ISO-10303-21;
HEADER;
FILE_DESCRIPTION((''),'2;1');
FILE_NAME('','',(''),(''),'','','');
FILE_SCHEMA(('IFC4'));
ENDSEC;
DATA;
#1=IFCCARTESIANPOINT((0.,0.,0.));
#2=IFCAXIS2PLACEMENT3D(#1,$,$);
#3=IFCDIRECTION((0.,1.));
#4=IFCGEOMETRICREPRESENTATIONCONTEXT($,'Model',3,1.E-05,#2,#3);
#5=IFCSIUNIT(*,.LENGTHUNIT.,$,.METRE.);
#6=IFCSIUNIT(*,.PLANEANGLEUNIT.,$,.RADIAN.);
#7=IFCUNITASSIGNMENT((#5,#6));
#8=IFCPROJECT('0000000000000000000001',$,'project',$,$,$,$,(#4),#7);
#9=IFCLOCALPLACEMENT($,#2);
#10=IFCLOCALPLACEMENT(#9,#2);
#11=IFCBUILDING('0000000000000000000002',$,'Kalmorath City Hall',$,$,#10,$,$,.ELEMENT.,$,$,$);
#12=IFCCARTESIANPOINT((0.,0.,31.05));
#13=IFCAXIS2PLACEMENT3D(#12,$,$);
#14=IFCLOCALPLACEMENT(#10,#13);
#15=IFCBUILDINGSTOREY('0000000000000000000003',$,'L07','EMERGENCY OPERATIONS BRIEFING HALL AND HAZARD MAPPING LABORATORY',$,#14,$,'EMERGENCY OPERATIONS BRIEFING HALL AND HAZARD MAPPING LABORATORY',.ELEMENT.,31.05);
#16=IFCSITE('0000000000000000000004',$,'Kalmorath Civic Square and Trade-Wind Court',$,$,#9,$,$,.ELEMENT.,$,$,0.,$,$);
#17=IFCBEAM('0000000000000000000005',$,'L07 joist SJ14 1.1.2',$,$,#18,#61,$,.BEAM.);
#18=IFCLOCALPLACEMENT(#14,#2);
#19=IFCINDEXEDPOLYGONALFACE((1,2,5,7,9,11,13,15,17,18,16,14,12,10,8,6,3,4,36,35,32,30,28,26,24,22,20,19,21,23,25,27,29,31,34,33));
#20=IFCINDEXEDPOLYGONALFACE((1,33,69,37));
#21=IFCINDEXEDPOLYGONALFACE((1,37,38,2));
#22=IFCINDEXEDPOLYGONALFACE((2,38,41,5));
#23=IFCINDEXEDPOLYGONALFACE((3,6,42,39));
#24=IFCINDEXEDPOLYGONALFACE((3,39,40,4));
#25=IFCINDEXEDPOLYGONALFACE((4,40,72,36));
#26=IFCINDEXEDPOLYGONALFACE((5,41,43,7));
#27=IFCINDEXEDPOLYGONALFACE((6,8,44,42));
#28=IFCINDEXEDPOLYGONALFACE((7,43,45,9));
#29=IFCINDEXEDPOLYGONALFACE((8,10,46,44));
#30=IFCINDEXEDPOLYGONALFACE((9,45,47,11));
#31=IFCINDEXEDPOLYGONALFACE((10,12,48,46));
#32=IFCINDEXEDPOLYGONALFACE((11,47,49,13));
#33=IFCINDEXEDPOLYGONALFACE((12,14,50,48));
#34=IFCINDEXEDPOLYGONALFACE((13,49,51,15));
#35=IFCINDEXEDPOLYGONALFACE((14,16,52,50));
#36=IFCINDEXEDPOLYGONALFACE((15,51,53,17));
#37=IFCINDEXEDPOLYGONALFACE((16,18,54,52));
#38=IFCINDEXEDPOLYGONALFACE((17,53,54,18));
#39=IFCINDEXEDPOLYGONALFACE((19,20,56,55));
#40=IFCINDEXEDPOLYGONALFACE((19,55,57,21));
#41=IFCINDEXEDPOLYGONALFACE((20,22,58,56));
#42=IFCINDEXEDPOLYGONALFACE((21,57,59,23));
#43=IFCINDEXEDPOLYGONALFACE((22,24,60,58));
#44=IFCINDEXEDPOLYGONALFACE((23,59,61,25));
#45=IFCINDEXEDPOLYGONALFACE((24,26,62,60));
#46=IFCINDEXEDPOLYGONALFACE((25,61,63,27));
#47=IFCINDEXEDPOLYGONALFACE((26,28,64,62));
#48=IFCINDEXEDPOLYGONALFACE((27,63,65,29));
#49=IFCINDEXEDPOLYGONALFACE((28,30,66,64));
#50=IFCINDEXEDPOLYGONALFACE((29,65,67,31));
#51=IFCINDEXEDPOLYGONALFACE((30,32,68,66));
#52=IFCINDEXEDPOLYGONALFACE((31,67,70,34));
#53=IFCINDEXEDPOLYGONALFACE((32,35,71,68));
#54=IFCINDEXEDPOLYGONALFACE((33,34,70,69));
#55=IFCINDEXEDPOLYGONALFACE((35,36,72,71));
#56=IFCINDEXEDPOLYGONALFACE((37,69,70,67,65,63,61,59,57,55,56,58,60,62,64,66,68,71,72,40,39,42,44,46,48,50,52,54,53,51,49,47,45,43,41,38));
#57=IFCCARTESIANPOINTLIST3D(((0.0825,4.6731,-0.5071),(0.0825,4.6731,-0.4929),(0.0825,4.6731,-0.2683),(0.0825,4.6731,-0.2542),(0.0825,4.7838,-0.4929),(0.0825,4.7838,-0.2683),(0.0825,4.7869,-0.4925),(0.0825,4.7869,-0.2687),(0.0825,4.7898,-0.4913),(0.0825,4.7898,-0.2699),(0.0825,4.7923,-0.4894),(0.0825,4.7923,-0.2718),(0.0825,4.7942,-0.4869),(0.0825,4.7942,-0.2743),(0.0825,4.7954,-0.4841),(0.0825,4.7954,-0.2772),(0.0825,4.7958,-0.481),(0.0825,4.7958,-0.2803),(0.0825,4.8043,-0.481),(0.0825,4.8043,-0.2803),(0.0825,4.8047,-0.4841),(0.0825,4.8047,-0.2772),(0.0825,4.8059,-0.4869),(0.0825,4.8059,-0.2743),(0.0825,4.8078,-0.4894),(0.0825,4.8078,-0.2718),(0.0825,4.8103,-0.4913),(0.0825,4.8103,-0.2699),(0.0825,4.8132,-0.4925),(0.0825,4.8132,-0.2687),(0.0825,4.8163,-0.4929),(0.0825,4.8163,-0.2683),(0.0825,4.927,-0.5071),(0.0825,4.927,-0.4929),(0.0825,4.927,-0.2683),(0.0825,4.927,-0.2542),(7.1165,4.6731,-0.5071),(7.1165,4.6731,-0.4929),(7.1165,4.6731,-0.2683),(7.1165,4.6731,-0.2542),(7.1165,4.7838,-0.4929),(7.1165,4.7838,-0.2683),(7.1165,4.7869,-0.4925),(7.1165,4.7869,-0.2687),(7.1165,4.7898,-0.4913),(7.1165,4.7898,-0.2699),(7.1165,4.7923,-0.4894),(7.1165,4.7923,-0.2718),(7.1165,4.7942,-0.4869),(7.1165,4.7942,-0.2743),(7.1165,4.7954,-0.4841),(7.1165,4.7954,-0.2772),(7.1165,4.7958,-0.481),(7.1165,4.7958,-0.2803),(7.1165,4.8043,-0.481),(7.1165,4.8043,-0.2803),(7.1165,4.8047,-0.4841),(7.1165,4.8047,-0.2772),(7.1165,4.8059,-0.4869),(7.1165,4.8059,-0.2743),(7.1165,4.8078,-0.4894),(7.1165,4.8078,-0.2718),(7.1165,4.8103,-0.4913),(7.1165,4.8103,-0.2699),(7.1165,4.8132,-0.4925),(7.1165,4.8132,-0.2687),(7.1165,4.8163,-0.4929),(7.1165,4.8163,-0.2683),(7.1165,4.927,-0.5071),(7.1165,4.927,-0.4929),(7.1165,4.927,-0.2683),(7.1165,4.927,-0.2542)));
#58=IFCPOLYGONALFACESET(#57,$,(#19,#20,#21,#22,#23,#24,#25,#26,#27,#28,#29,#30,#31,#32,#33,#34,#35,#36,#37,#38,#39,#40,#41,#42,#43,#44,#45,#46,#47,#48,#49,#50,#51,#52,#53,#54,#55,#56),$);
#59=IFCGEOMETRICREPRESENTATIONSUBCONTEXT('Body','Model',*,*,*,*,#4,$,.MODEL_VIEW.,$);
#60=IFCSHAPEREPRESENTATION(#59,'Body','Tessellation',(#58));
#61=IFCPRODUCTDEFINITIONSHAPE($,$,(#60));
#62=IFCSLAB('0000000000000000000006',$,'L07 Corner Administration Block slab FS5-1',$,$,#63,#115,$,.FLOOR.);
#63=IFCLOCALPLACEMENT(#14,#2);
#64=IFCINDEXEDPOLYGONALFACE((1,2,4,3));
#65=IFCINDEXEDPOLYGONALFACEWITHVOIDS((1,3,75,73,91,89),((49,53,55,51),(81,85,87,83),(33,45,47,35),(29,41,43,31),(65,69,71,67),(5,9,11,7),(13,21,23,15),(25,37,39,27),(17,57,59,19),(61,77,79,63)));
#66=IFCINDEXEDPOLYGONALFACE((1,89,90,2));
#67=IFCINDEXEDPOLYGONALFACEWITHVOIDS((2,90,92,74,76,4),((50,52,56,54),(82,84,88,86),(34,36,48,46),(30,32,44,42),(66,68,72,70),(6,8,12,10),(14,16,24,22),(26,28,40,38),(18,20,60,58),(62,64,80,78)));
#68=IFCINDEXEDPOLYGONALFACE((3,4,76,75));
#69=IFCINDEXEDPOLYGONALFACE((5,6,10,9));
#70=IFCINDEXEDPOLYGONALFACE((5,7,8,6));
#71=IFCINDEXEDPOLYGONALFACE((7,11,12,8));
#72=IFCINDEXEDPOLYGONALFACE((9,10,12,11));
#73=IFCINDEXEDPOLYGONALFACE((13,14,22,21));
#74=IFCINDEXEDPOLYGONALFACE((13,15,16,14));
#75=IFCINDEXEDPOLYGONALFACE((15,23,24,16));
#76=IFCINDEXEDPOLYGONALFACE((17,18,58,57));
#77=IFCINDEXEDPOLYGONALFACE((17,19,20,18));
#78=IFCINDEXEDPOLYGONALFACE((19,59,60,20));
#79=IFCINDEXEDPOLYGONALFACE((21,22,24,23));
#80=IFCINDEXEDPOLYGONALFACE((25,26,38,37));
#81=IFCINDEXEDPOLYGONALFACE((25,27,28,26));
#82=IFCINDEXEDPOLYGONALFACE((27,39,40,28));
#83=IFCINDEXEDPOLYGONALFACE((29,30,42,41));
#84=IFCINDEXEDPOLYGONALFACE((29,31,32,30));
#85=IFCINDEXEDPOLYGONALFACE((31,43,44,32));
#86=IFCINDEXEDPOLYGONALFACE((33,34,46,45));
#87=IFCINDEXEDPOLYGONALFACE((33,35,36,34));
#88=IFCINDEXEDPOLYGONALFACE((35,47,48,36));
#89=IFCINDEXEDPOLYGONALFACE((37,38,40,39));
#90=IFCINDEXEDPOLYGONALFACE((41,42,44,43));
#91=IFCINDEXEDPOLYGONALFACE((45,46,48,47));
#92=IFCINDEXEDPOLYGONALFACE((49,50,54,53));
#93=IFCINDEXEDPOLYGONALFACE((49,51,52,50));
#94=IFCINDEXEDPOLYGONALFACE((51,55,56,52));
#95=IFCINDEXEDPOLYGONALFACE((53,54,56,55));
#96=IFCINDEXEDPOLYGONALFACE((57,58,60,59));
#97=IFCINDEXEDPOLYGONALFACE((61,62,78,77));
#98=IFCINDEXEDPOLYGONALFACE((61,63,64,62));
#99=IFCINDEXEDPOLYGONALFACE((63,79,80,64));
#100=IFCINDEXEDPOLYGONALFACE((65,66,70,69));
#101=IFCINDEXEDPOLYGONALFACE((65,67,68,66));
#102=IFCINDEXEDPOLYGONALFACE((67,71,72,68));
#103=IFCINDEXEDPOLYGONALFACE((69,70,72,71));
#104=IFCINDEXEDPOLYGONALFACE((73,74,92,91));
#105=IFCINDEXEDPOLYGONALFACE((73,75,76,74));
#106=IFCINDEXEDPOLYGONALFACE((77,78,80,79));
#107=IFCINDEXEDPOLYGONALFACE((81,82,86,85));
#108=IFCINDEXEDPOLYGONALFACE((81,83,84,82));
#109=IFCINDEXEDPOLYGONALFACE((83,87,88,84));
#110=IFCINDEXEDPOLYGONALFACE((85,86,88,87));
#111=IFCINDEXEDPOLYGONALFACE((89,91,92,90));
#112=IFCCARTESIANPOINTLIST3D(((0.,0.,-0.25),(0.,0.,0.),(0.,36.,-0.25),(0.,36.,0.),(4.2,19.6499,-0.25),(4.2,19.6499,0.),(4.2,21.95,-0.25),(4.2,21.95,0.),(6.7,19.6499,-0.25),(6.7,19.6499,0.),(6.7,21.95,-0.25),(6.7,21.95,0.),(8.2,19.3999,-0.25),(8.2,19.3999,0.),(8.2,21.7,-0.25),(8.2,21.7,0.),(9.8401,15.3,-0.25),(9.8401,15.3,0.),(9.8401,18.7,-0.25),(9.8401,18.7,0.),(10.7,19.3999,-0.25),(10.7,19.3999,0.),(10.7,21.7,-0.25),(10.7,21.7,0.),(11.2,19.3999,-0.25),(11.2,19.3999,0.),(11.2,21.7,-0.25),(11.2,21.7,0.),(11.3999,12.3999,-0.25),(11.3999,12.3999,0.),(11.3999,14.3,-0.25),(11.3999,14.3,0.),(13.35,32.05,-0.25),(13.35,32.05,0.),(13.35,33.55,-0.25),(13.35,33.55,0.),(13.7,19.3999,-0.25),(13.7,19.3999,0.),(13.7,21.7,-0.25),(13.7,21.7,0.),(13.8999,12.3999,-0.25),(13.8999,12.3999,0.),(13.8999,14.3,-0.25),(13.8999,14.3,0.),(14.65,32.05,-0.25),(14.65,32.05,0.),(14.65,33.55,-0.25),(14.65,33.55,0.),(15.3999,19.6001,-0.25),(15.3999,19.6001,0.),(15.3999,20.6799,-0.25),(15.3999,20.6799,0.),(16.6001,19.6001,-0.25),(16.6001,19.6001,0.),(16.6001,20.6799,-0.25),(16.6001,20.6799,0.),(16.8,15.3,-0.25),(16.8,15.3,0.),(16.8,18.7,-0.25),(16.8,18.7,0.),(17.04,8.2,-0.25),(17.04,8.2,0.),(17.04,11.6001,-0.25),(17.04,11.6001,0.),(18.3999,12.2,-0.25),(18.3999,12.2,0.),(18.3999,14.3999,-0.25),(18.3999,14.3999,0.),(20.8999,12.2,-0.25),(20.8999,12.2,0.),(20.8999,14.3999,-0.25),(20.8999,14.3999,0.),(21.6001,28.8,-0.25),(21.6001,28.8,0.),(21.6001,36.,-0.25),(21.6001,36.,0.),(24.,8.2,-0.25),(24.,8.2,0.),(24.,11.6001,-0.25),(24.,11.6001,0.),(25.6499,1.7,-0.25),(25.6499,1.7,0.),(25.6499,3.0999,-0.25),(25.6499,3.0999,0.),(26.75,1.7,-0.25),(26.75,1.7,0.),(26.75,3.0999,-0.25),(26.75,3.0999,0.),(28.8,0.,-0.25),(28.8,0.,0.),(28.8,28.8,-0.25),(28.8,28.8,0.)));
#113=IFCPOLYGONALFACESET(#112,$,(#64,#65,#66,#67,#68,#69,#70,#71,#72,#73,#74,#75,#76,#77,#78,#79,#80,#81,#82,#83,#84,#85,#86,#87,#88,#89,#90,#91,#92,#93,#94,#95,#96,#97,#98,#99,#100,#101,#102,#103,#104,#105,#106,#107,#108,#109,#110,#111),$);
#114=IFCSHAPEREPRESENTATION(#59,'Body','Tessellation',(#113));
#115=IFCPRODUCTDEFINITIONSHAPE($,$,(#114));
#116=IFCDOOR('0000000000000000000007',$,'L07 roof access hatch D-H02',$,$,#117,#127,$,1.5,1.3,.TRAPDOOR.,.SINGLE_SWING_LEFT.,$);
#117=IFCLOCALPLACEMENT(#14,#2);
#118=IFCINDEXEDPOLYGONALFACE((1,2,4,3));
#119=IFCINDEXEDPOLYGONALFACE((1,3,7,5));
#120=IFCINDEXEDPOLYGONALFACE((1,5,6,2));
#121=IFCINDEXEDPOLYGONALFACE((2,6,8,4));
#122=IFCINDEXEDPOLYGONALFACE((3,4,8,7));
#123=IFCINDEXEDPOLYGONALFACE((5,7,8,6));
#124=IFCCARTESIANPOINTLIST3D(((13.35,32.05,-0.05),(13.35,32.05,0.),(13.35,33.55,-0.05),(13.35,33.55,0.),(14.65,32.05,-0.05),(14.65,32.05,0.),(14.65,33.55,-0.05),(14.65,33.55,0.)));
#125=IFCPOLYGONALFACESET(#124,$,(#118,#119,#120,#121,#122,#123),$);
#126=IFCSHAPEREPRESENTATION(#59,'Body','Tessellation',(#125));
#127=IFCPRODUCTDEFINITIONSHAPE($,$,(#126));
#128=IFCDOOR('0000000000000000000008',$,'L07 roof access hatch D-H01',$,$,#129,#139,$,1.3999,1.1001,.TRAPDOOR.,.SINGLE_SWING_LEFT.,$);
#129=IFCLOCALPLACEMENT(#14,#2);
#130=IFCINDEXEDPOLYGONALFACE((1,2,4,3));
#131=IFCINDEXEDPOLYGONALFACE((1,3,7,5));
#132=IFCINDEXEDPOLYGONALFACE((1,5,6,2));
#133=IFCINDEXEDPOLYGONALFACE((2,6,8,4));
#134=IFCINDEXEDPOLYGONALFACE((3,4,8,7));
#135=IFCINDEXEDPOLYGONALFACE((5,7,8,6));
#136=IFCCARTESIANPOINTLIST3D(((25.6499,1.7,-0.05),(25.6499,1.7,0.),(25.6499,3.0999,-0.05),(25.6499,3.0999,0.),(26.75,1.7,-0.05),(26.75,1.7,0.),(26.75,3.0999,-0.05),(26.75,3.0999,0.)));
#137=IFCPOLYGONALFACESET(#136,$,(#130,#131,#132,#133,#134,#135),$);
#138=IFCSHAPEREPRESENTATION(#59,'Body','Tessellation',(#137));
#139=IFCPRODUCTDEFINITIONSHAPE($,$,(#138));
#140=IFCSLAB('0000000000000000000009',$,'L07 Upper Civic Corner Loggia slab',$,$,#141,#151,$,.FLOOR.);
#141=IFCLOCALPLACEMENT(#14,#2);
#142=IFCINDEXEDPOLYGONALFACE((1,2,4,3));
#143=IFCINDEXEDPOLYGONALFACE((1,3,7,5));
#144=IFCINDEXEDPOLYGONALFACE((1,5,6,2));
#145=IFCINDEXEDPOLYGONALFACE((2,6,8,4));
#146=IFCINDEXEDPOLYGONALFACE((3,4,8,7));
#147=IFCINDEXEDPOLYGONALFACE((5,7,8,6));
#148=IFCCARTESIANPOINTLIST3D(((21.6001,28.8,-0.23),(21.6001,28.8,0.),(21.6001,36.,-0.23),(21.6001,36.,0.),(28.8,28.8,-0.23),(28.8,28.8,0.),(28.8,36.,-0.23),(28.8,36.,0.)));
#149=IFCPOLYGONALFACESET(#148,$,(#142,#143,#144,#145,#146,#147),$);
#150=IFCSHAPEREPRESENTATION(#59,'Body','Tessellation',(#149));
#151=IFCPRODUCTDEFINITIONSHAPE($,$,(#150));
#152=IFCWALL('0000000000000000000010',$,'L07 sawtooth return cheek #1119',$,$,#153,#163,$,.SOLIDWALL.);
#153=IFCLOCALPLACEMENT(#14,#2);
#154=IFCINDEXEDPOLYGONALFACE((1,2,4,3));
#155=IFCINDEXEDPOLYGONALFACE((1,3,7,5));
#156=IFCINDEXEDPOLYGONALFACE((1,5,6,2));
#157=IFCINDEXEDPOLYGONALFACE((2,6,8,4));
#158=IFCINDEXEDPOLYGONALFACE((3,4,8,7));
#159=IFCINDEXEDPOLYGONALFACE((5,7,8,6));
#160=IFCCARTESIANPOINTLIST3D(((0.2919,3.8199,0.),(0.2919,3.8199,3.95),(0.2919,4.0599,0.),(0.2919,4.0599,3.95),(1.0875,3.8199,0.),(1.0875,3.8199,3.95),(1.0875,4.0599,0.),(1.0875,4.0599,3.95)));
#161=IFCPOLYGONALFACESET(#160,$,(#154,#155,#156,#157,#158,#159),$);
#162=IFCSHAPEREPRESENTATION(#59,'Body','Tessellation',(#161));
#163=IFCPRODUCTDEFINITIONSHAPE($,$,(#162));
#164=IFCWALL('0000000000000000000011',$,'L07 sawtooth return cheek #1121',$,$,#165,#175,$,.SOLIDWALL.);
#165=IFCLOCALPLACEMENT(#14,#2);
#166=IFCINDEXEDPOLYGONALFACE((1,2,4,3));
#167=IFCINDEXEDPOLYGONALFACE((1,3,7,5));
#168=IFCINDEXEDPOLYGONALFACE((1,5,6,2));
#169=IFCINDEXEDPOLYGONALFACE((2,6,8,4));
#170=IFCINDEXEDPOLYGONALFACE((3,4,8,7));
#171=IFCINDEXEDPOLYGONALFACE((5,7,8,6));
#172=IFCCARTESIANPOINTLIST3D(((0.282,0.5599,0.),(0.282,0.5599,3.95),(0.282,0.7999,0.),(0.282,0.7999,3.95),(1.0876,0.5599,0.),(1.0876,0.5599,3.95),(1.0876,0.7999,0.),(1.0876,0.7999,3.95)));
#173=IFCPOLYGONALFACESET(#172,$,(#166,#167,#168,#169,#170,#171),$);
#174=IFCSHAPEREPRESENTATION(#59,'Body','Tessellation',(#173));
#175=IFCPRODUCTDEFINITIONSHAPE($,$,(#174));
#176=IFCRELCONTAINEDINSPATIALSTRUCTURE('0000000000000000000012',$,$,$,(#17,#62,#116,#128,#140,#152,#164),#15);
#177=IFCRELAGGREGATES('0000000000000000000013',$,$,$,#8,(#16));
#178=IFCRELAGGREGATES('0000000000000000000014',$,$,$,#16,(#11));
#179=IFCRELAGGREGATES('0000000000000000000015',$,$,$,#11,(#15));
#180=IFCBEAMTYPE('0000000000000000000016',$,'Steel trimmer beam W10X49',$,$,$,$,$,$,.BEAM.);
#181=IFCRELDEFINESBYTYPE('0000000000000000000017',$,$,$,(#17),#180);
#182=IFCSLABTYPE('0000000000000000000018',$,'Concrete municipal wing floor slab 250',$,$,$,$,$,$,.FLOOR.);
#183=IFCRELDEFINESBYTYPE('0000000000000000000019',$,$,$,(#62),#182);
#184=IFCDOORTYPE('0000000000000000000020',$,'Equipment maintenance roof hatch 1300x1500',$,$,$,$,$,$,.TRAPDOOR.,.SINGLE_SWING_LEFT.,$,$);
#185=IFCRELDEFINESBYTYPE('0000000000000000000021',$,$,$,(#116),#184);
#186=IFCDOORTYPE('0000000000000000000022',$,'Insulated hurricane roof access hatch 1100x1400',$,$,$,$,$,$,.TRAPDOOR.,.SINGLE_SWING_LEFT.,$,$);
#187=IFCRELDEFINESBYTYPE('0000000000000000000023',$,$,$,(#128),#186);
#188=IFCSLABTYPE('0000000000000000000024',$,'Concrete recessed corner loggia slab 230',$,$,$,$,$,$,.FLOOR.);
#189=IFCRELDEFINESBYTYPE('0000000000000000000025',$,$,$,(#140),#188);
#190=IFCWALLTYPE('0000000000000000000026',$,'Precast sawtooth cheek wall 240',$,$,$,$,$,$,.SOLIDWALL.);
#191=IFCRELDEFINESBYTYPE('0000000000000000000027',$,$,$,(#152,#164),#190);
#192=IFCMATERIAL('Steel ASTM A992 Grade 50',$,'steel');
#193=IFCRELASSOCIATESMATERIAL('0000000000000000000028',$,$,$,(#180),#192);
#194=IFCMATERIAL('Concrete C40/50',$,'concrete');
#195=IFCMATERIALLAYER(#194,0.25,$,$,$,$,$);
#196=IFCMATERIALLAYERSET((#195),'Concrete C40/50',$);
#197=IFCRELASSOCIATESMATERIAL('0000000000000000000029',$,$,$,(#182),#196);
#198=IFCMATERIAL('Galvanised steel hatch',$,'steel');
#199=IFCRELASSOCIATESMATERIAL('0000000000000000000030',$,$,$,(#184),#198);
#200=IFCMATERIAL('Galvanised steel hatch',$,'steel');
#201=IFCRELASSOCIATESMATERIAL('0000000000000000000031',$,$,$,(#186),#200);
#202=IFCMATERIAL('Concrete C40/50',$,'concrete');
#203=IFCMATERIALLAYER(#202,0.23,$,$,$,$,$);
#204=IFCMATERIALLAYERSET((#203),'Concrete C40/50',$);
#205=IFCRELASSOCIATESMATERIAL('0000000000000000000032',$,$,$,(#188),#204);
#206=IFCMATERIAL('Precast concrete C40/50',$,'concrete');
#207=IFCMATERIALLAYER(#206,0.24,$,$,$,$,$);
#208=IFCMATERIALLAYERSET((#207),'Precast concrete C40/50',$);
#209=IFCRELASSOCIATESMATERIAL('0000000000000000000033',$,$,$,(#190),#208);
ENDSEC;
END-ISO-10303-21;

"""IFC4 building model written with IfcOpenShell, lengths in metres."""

from ifc_helpers import new_model, si_unit, direction, frame, frame_2d, origin, origin_2d, place, context, subcontext, project, spatial, polyline, rectangle, i_section, outline, extrude, material, layer, layer_set, material_profile, profile_set, type_object, element, fill, save


model = new_model("IFC4")

# Units and contexts
model_context = context("Model", 3, precision=1e-05, world=origin(), true_north=direction((0.0, 1.0)))
body_context = subcontext(model_context, "Body", "Model", "MODEL_VIEW")
ifc_project = project(units=[si_unit("LENGTHUNIT", "METRE"), si_unit("PLANEANGLEUNIT", "RADIAN")], contexts=[model_context])

# Site, building, storey
site_placement = place(None, origin())
site = spatial("IfcSite", under=ifc_project, at=site_placement, Name="Kalmorath Civic Square and Trade-Wind Court", CompositionType="ELEMENT", RefElevation=0.0)
building_placement = place(site_placement, origin())
building = spatial("IfcBuilding", under=site, at=building_placement, Name="Kalmorath City Hall", CompositionType="ELEMENT")
storey_placement = place(building_placement, frame((0.0, 0.0, 31.05)))
storey = spatial("IfcBuildingStorey", under=building, at=storey_placement, Name="L07", Description="EMERGENCY OPERATIONS BRIEFING HALL AND HAZARD MAPPING LABORATORY", LongName="EMERGENCY OPERATIONS BRIEFING HALL AND HAZARD MAPPING LABORATORY", CompositionType="ELEMENT", Elevation=31.05)

# Beam
ifc_material_1 = material(Name="Steel ASTM A992 Grade 50", Category="steel")
ifc_material_profile_1 = material_profile(ifc_material_1, i_section(OverallWidth=0.2539, OverallDepth=0.2529, WebThickness=0.0085, FlangeThickness=0.0142, FilletRadius=0.012, at=origin_2d()), Name="W10X49")
ifc_profile_set_1 = profile_set([ifc_material_profile_1], Name="Steel ASTM A992 Grade 50")
beam_type_1 = type_object("IfcBeamType", Name="Steel trimmer beam W10X49", PredefinedType="BEAM", material=ifc_profile_set_1)
for number, where, z_axis, x_axis, name in (
    (1, (0.0825, 4.8, -0.3806), (1.0, 0.0, 0.0), (0.0, 1.0, 0.0), "L07 joist SJ14 1.1.2"),
):
    element("IfcBeam", number, at=place(storey_placement, frame(where, z_axis=z_axis, x_axis=x_axis)), inside=storey, type_object=beam_type_1, Name=name, PredefinedType="BEAM", context=body_context, shape_type="SweptSolid", body=[
        extrude(i_section(OverallWidth=0.2539, OverallDepth=0.2529, WebThickness=0.0085, FlangeThickness=0.0142, FilletRadius=0.012, at=origin_2d()), origin(), (0.0, 0.0, 1.0), 7.0339),
    ])

# Slab, openings, doors
ifc_material_2 = material(Name="Concrete C40/50", Category="concrete")
ifc_layer_1 = layer(ifc_material_2, 0.25)
ifc_layer_set_1 = layer_set([ifc_layer_1], Name="Concrete C40/50")
slab_type_1 = type_object("IfcSlabType", Name="Concrete municipal wing floor slab 250", PredefinedType="FLOOR", material=ifc_layer_set_1)
slab_1_placement = place(storey_placement, frame((0.0, 0.0, -0.25)))
slab_1 = element("IfcSlab", 2, at=slab_1_placement, inside=storey, type_object=slab_type_1, Name="L07 Corner Administration Block slab FS5-1", PredefinedType="FLOOR", context=body_context, shape_type="SweptSolid", body=[
    extrude(outline(polyline([(21.6001, 28.8), (28.8, 28.8), (28.8, 0.0), (0.0, 0.0), (0.0, 36.0), (21.6001, 36.0), (21.6001, 28.8)]), holes=[polyline([(16.8, 15.3), (16.8, 18.7), (9.8401, 18.7), (9.8401, 15.3), (16.8, 15.3)]), polyline([(4.2, 19.6499), (6.7, 19.6499), (6.7, 21.95), (4.2, 21.95), (4.2, 19.6499)]), polyline([(8.2, 21.7), (8.2, 19.3999), (10.7, 19.3999), (10.7, 21.7), (8.2, 21.7)]), polyline([(13.7, 21.7), (11.2, 21.7), (11.2, 19.3999), (13.7, 19.3999), (13.7, 21.7)]), polyline([(24.0, 8.2), (24.0, 11.6001), (17.04, 11.6001), (17.04, 8.2), (24.0, 8.2)]), polyline([(11.3999, 12.3999), (13.8999, 12.3999), (13.8999, 14.3), (11.3999, 14.3), (11.3999, 12.3999)]), polyline([(18.3999, 14.3999), (18.3999, 12.2), (20.8999, 12.2), (20.8999, 14.3999), (18.3999, 14.3999)]), polyline([(16.6001, 20.6799), (15.3999, 20.6799), (15.3999, 19.6001), (16.6001, 19.6001), (16.6001, 20.6799)])]), origin(), (0.0, 0.0, 1.0), 0.25),
])
opening_1_placement = place(slab_1_placement, frame((26.2, 2.3999, 0.0)))
opening_1 = element("IfcOpeningElement", 3, at=opening_1_placement, cuts=slab_1, PredefinedType="OPENING", context=body_context, shape_type="SweptSolid", body=[
    extrude(rectangle(XDim=1.1001, YDim=1.3999, at=origin_2d()), origin(), (0.0, 0.0, 1.0), 0.25),
])
opening_2_placement = place(slab_1_placement, frame((14.0, 32.8, 0.0)))
opening_2 = element("IfcOpeningElement", 4, at=opening_2_placement, cuts=slab_1, PredefinedType="OPENING", context=body_context, shape_type="SweptSolid", body=[
    extrude(rectangle(XDim=1.3, YDim=1.5, at=origin_2d()), origin(), (0.0, 0.0, 1.0), 0.25),
])
ifc_material_3 = material(Name="Galvanised steel hatch", Category="steel")
door_type_1 = type_object("IfcDoorType", Name="Equipment maintenance roof hatch 1300x1500", OperationType="SINGLE_SWING_LEFT", PredefinedType="TRAPDOOR", material=ifc_material_3)
door_1_placement = place(opening_2_placement, frame((0.0, 0.0, 0.2)))
door_1 = element("IfcDoor", 5, at=door_1_placement, inside=storey, type_object=door_type_1, Name="L07 roof access hatch D-H02", OperationType="SINGLE_SWING_LEFT", OverallHeight=1.5, OverallWidth=1.3, PredefinedType="TRAPDOOR", context=body_context, shape_type="SweptSolid", body=[
    extrude(rectangle(XDim=1.3, YDim=1.5, at=origin_2d()), origin(), (0.0, 0.0, 1.0), 0.05),
])
fill(opening_2, door_1)
ifc_material_4 = material(Name="Galvanised steel hatch", Category="steel")
door_type_2 = type_object("IfcDoorType", Name="Insulated hurricane roof access hatch 1100x1400", OperationType="SINGLE_SWING_LEFT", PredefinedType="TRAPDOOR", material=ifc_material_4)
door_2_placement = place(opening_1_placement, frame((0.0, 0.0, 0.2)))
door_2 = element("IfcDoor", 6, at=door_2_placement, inside=storey, type_object=door_type_2, Name="L07 roof access hatch D-H01", OperationType="SINGLE_SWING_LEFT", OverallHeight=1.3999, OverallWidth=1.1001, PredefinedType="TRAPDOOR", context=body_context, shape_type="SweptSolid", body=[
    extrude(rectangle(XDim=1.1001, YDim=1.3999, at=origin_2d()), origin(), (0.0, 0.0, 1.0), 0.05),
])
fill(opening_1, door_2)

# Slab
ifc_material_5 = material(Name="Concrete C40/50", Category="concrete")
ifc_layer_2 = layer(ifc_material_5, 0.23)
ifc_layer_set_2 = layer_set([ifc_layer_2], Name="Concrete C40/50")
slab_type_2 = type_object("IfcSlabType", Name="Concrete recessed corner loggia slab 230", PredefinedType="FLOOR", material=ifc_layer_set_2)
slab_2_placement = place(storey_placement, frame((0.0, 0.0, -0.23)))
element("IfcSlab", 7, at=slab_2_placement, inside=storey, type_object=slab_type_2, Name="L07 Upper Civic Corner Loggia slab", PredefinedType="FLOOR", context=body_context, shape_type="SweptSolid", body=[
    extrude(outline(polyline([(21.6001, 28.8), (28.8, 28.8), (28.8, 36.0), (21.6001, 36.0), (21.6001, 28.8)])), origin(), (0.0, 0.0, 1.0), 0.23),
])

# Walls
ifc_material_6 = material(Name="Precast concrete C40/50", Category="concrete")
ifc_layer_3 = layer(ifc_material_6, 0.24)
ifc_layer_set_3 = layer_set([ifc_layer_3], Name="Precast concrete C40/50")
wall_type_1 = type_object("IfcWallType", Name="Precast sawtooth cheek wall 240", PredefinedType="SOLIDWALL", material=ifc_layer_set_3)
wall_1_placement = place(storey_placement, frame((1.0876, 3.9399, 0.0), z_axis=(0.0, 0.0, 1.0), x_axis=(-1.0, 0.0, 0.0)))
element("IfcWall", 8, at=wall_1_placement, inside=storey, type_object=wall_type_1, Name="L07 sawtooth return cheek #1119", PredefinedType="SOLIDWALL", context=body_context, shape_type="SweptSolid", body=[
    extrude(rectangle(XDim=0.7957, YDim=0.24, at=frame_2d((0.3979, 0.0))), origin(), (0.0, 0.0, 1.0), 3.95),
])
wall_2_placement = place(storey_placement, frame((1.0876, 0.6799, 0.0), z_axis=(0.0, 0.0, 1.0), x_axis=(-1.0, 0.0, 0.0)))
element("IfcWall", 9, at=wall_2_placement, inside=storey, type_object=wall_type_1, Name="L07 sawtooth return cheek #1121", PredefinedType="SOLIDWALL", context=body_context, shape_type="SweptSolid", body=[
    extrude(rectangle(XDim=0.8057, YDim=0.24, at=frame_2d((0.4028, 0.0))), origin(), (0.0, 0.0, 1.0), 3.95),
])

save(model, "model.ifc")
